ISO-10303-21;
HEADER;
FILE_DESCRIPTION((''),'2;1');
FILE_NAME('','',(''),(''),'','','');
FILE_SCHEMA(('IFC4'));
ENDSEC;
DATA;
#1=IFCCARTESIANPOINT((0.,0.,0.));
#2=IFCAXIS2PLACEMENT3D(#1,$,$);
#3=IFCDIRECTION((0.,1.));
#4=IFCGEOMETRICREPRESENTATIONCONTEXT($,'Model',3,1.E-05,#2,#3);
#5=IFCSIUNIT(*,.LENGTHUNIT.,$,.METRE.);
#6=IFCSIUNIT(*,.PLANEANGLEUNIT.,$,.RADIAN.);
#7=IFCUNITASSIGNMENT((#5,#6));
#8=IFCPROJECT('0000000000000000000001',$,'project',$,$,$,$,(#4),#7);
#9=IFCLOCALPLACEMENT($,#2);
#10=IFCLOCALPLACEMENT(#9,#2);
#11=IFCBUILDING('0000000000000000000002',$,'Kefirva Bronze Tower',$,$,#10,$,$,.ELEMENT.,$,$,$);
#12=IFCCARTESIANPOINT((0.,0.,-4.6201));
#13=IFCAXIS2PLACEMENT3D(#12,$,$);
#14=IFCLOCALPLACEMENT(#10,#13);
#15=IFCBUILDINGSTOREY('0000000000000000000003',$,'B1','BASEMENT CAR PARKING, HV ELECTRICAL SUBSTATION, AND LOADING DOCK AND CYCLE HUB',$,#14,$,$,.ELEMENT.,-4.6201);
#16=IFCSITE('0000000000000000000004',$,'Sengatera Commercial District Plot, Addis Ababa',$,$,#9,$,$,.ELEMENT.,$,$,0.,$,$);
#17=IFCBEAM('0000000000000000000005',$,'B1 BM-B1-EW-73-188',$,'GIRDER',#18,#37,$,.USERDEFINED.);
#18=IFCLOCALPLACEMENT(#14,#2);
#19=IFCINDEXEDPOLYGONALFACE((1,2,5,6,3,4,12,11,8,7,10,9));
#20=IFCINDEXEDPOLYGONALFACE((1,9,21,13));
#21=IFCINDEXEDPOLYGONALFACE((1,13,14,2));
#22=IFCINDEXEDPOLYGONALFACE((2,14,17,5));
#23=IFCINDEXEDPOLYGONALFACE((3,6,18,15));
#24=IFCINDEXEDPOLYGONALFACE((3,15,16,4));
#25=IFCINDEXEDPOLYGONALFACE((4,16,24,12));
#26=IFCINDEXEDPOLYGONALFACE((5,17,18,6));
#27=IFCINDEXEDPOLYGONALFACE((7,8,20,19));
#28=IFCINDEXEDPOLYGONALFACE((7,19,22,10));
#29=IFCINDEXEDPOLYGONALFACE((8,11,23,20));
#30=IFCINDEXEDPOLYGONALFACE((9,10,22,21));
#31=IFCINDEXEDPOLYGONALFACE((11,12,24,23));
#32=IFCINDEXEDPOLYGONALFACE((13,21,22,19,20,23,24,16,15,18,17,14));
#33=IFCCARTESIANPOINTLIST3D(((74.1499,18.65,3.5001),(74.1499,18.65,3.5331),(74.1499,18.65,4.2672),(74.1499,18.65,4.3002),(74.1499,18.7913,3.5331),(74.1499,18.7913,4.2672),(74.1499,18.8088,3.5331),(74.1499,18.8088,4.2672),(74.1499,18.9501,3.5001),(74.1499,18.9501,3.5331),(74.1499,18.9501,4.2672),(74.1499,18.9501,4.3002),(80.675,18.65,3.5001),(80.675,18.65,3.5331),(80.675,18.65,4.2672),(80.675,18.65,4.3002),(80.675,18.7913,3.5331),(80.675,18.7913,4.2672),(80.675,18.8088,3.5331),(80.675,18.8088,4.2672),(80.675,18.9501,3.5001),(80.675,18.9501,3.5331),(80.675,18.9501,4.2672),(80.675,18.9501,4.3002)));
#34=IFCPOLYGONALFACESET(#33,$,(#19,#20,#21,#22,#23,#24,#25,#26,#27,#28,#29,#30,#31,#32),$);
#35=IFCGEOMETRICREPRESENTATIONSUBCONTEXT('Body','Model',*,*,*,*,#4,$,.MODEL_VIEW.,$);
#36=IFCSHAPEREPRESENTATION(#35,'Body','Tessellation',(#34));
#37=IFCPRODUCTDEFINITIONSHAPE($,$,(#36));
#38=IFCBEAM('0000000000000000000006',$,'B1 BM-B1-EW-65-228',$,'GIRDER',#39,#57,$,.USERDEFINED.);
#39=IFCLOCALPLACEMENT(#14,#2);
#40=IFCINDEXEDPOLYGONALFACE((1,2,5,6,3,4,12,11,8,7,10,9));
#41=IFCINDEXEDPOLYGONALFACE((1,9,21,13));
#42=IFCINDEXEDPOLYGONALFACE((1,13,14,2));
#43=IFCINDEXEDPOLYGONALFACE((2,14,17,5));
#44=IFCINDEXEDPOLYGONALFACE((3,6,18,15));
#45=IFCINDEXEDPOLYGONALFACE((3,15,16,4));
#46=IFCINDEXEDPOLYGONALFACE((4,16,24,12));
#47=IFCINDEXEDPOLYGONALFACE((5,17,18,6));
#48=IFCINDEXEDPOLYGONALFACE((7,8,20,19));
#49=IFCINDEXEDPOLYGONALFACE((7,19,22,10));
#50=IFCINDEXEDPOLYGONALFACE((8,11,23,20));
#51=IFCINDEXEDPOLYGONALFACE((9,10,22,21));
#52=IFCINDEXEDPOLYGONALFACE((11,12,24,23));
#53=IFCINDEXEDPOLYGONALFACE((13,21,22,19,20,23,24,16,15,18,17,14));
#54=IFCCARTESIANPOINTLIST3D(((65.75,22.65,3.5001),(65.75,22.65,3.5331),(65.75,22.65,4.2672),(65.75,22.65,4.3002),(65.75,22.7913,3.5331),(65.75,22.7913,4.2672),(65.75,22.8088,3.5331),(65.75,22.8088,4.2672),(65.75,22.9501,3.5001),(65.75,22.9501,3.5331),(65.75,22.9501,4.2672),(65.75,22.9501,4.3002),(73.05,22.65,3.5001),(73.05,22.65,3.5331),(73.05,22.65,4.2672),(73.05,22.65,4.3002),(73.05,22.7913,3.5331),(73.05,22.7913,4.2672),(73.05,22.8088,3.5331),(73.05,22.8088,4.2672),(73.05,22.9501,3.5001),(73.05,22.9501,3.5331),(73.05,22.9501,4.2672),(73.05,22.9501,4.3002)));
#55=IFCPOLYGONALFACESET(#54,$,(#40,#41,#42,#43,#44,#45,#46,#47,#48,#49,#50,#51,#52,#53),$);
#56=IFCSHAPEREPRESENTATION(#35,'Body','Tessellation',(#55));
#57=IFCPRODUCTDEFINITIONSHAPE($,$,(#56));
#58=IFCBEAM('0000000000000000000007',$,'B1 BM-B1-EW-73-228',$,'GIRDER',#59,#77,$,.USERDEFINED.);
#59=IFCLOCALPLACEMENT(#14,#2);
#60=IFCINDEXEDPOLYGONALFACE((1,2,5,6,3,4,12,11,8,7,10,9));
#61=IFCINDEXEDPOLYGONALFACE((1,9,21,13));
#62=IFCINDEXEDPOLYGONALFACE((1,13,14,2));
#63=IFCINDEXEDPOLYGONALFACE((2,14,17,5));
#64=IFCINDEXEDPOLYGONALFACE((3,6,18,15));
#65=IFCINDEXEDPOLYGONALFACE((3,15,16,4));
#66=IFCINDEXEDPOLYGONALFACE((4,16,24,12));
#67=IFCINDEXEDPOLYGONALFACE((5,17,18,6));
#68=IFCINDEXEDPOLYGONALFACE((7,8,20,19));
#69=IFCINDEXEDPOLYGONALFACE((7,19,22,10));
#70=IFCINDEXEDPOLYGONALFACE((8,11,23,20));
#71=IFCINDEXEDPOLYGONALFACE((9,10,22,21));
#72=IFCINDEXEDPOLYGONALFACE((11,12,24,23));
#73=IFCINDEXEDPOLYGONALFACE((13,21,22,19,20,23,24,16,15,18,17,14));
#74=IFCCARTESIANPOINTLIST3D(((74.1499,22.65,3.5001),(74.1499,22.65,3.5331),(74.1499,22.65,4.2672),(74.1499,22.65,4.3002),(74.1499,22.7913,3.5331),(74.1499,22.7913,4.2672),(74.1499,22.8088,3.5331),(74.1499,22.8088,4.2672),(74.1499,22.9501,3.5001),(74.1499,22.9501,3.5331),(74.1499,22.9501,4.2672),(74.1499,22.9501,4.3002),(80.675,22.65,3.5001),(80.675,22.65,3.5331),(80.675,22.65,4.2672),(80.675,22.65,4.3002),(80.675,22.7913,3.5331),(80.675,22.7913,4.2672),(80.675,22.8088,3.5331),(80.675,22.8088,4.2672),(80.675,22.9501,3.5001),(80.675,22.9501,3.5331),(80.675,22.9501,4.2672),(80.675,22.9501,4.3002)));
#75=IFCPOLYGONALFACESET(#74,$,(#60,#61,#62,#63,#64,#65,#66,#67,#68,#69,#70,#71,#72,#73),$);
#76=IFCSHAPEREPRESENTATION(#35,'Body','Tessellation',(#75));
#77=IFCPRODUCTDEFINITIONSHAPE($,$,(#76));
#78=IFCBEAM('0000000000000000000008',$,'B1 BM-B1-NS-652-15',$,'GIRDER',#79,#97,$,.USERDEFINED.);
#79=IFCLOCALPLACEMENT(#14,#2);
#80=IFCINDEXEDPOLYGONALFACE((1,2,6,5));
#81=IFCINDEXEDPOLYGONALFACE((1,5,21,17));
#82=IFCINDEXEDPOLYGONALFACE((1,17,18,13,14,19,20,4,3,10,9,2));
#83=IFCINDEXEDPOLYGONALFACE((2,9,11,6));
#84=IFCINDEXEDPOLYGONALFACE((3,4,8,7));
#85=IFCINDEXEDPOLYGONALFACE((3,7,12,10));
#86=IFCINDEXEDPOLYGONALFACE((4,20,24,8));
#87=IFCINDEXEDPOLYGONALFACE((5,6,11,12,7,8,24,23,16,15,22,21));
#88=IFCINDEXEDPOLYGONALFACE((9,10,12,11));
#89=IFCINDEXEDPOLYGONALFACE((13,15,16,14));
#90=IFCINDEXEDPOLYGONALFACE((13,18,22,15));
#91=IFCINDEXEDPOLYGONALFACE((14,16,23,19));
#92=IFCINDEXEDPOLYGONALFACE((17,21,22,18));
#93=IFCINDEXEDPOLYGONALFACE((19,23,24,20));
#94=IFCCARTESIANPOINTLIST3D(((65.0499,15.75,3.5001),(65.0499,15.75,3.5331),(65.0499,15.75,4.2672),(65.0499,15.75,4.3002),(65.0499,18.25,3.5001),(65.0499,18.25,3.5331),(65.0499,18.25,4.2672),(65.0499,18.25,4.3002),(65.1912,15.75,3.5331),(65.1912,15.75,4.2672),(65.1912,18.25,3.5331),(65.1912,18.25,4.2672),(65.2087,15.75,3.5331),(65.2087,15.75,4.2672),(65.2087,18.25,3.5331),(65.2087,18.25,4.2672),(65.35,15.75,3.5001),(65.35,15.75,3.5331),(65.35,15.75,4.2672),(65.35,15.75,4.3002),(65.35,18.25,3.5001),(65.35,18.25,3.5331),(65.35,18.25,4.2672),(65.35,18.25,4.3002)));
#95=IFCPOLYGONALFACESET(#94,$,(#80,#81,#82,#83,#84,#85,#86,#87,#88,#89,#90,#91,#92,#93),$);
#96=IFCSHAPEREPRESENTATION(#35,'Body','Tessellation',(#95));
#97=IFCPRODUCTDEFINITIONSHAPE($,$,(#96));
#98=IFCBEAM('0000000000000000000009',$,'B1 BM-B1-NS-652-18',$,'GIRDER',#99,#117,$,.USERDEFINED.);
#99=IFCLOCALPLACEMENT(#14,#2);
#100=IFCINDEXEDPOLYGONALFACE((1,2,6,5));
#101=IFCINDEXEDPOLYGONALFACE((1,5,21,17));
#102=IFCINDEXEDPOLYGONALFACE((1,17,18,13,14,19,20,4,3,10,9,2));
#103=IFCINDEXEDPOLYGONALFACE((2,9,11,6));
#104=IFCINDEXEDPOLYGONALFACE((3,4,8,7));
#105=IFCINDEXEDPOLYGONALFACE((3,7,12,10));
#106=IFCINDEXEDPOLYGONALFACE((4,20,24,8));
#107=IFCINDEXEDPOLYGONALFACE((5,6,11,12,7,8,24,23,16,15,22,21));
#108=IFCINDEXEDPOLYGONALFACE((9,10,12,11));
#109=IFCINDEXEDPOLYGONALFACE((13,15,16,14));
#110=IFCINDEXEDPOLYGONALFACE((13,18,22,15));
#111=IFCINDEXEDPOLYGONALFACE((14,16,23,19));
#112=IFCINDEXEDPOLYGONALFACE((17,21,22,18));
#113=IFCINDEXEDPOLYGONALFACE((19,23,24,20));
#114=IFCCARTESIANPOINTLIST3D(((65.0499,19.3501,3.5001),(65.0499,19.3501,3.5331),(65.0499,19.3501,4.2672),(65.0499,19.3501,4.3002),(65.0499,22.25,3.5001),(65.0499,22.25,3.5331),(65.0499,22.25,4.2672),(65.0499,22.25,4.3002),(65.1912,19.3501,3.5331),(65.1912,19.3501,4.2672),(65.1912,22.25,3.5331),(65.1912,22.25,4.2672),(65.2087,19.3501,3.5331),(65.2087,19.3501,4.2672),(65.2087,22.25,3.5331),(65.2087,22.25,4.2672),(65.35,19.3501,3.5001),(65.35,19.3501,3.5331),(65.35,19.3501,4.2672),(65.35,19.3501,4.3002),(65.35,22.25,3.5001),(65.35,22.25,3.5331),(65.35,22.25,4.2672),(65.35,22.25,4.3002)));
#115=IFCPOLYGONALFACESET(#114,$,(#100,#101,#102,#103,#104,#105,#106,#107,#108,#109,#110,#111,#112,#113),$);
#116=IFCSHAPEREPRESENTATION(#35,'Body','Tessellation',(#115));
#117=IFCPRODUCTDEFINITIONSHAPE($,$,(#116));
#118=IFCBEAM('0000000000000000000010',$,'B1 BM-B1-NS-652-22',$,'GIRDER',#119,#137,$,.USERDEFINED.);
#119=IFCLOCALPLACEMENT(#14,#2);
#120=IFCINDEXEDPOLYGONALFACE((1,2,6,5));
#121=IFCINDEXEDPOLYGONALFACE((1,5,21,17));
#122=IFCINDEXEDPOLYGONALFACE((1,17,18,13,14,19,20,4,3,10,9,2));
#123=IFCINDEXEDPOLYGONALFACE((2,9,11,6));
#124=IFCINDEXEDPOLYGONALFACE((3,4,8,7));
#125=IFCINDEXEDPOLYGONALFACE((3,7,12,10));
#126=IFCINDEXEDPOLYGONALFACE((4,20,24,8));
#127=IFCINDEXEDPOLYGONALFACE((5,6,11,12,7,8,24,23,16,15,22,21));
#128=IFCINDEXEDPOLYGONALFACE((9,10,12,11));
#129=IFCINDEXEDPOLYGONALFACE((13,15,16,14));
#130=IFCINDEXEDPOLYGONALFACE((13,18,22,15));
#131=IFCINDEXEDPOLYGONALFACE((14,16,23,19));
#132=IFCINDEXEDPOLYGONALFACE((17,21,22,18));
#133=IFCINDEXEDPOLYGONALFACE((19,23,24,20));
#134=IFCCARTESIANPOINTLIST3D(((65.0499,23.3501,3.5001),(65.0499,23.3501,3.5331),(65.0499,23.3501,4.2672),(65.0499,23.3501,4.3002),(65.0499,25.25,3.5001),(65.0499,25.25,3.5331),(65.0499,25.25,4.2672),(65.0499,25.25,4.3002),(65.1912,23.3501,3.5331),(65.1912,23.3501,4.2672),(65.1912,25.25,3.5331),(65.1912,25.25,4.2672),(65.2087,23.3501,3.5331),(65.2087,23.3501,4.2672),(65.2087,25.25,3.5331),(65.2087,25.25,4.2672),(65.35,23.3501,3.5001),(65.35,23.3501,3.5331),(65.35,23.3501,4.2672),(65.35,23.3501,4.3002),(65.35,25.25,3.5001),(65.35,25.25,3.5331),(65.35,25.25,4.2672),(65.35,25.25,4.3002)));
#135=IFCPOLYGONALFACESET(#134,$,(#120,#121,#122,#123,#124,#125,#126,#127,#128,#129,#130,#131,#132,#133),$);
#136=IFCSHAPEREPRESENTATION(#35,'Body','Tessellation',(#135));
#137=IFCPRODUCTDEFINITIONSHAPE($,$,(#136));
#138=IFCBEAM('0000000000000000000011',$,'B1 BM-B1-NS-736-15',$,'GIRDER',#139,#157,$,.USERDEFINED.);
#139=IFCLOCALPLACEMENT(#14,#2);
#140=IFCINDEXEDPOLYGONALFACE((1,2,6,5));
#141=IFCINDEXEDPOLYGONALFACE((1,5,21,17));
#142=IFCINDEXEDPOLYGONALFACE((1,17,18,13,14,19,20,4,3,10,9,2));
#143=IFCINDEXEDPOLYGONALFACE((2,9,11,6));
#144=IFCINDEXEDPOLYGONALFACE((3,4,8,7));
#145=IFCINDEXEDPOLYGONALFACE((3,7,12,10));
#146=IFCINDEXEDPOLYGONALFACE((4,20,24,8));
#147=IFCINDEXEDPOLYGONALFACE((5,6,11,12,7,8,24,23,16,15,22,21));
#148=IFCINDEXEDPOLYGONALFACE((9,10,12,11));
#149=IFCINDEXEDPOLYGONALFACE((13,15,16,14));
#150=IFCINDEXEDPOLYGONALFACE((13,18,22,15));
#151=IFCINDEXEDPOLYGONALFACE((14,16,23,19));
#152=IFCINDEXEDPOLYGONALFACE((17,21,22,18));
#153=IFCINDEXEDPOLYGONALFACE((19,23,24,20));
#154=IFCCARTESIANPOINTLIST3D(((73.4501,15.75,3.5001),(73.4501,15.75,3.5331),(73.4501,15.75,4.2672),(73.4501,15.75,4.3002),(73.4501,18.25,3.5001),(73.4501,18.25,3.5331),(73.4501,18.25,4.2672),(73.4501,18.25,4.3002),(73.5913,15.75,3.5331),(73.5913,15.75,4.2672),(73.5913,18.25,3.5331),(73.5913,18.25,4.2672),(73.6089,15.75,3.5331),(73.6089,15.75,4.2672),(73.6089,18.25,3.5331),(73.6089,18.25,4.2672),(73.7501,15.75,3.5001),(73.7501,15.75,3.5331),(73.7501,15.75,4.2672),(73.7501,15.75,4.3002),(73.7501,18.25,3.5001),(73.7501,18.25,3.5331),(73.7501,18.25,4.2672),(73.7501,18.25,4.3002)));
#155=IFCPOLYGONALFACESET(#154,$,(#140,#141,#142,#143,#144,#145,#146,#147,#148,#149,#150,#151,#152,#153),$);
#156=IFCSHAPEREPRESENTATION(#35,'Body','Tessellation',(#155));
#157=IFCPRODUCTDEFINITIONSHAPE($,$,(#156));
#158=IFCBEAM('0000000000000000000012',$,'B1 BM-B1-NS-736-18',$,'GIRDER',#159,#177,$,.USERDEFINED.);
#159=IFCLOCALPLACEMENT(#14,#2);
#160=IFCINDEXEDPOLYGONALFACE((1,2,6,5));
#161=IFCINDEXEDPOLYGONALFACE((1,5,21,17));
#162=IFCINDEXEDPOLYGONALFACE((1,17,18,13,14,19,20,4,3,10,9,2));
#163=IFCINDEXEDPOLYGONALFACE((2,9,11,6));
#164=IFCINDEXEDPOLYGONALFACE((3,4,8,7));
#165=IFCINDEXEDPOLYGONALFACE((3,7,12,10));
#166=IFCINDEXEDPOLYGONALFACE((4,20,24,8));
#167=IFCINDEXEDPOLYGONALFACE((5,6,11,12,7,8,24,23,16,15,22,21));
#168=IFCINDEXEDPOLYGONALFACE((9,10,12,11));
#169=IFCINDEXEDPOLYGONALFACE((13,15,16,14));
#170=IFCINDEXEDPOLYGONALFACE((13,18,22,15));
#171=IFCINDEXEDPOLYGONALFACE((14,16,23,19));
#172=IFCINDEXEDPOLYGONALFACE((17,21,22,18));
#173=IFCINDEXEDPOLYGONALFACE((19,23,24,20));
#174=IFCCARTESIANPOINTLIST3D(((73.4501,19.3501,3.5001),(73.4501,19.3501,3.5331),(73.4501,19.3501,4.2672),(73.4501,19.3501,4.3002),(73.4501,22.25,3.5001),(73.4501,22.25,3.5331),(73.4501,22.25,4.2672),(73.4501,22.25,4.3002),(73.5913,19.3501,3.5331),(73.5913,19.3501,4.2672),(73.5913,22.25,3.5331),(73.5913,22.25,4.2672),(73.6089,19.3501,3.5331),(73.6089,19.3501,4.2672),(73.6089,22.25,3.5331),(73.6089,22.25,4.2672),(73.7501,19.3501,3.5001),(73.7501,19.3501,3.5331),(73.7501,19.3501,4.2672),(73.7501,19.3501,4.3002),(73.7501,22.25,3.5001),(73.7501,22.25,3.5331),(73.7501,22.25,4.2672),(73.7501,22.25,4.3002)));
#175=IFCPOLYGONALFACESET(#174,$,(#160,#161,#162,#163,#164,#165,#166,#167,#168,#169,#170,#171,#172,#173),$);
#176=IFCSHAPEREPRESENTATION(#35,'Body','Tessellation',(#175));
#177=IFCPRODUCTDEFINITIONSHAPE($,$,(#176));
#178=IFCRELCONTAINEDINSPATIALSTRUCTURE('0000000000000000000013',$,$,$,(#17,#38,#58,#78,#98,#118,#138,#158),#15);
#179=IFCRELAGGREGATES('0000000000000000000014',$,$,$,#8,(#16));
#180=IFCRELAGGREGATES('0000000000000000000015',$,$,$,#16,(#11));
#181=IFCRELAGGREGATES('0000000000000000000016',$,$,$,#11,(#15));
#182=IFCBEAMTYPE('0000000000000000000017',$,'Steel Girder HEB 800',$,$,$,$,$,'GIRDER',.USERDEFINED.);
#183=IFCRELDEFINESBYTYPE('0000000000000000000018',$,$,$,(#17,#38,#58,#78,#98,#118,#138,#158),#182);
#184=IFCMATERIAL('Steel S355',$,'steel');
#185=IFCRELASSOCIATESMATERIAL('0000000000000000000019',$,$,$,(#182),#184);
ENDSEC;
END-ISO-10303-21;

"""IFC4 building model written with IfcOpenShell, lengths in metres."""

from ifc_helpers import new_model, si_unit, direction, frame, origin, origin_2d, place, context, subcontext, project, spatial, i_section, extrude, material, material_profile, profile_set, type_object, element, save


model = new_model("IFC4")

# Units and contexts
model_context = context("Model", 3, precision=1e-05, world=origin(), true_north=direction((0.0, 1.0)))
body_context = subcontext(model_context, "Body", "Model", "MODEL_VIEW")
ifc_project = project(units=[si_unit("LENGTHUNIT", "METRE"), si_unit("PLANEANGLEUNIT", "RADIAN")], contexts=[model_context])

# Site, building, storey
site_placement = place(None, origin())
site = spatial("IfcSite", under=ifc_project, at=site_placement, Name="Sengatera Commercial District Plot, Addis Ababa", CompositionType="ELEMENT", RefElevation=0.0)
building_placement = place(site_placement, origin())
building = spatial("IfcBuilding", under=site, at=building_placement, Name="Kefirva Bronze Tower", CompositionType="ELEMENT")
storey_placement = place(building_placement, frame((0.0, 0.0, -4.6201)))
storey = spatial("IfcBuildingStorey", under=building, at=storey_placement, Name="B1", Description="BASEMENT CAR PARKING, HV ELECTRICAL SUBSTATION, AND LOADING DOCK AND CYCLE HUB", CompositionType="ELEMENT", Elevation=-4.6201)

# Beams
ifc_material_1 = material(Name="Steel S355", Category="steel")
ifc_material_profile_1 = material_profile(ifc_material_1, i_section(OverallWidth=0.3, OverallDepth=0.8, WebThickness=0.0176, FlangeThickness=0.033, at=origin_2d()), Name="HEB 800")
ifc_profile_set_1 = profile_set([ifc_material_profile_1], Name="Steel S355")
beam_type_1 = type_object("IfcBeamType", Name="Steel Girder HEB 800", ElementType="GIRDER", PredefinedType="USERDEFINED", material=ifc_profile_set_1)
beam_1_placement = place(storey_placement, frame((74.1499, 18.8, 3.9001), z_axis=(1.0, 0.0, 0.0), x_axis=(0.0, 1.0, 0.0)))
element("IfcBeam", 1, at=beam_1_placement, inside=storey, type_object=beam_type_1, Name="B1 BM-B1-EW-73-188", ObjectType="GIRDER", PredefinedType="USERDEFINED", context=body_context, shape_type="SweptSolid", body=[
    extrude(i_section(OverallWidth=0.3, OverallDepth=0.8, WebThickness=0.0176, FlangeThickness=0.033, at=origin_2d()), origin(), (0.0, 0.0, 1.0), 6.5251),
])
beam_2_placement = place(storey_placement, frame((65.75, 22.8, 3.9001), z_axis=(1.0, 0.0, 0.0), x_axis=(0.0, 1.0, 0.0)))
element("IfcBeam", 2, at=beam_2_placement, inside=storey, type_object=beam_type_1, Name="B1 BM-B1-EW-65-228", ObjectType="GIRDER", PredefinedType="USERDEFINED", context=body_context, shape_type="SweptSolid", body=[
    extrude(i_section(OverallWidth=0.3, OverallDepth=0.8, WebThickness=0.0176, FlangeThickness=0.033, at=origin_2d()), origin(), (0.0, 0.0, 1.0), 7.3),
])
beam_3_placement = place(storey_placement, frame((74.1499, 22.8, 3.9001), z_axis=(1.0, 0.0, 0.0), x_axis=(0.0, 1.0, 0.0)))
element("IfcBeam", 3, at=beam_3_placement, inside=storey, type_object=beam_type_1, Name="B1 BM-B1-EW-73-228", ObjectType="GIRDER", PredefinedType="USERDEFINED", context=body_context, shape_type="SweptSolid", body=[
    extrude(i_section(OverallWidth=0.3, OverallDepth=0.8, WebThickness=0.0176, FlangeThickness=0.033, at=origin_2d()), origin(), (0.0, 0.0, 1.0), 6.5251),
])
beam_4_placement = place(storey_placement, frame((65.2, 15.75, 3.9001), z_axis=(0.0, 1.0, 0.0), x_axis=(-1.0, 0.0, 0.0)))
element("IfcBeam", 4, at=beam_4_placement, inside=storey, type_object=beam_type_1, Name="B1 BM-B1-NS-652-15", ObjectType="GIRDER", PredefinedType="USERDEFINED", context=body_context, shape_type="SweptSolid", body=[
    extrude(i_section(OverallWidth=0.3, OverallDepth=0.8, WebThickness=0.0176, FlangeThickness=0.033, at=origin_2d()), origin(), (0.0, 0.0, 1.0), 2.5),
])
beam_5_placement = place(storey_placement, frame((65.2, 19.3501, 3.9001), z_axis=(0.0, 1.0, 0.0), x_axis=(-1.0, 0.0, 0.0)))
element("IfcBeam", 5, at=beam_5_placement, inside=storey, type_object=beam_type_1, Name="B1 BM-B1-NS-652-18", ObjectType="GIRDER", PredefinedType="USERDEFINED", context=body_context, shape_type="SweptSolid", body=[
    extrude(i_section(OverallWidth=0.3, OverallDepth=0.8, WebThickness=0.0176, FlangeThickness=0.033, at=origin_2d()), origin(), (0.0, 0.0, 1.0), 2.8999),
])
beam_6_placement = place(storey_placement, frame((65.2, 23.3501, 3.9001), z_axis=(0.0, 1.0, 0.0), x_axis=(-1.0, 0.0, 0.0)))
element("IfcBeam", 6, at=beam_6_placement, inside=storey, type_object=beam_type_1, Name="B1 BM-B1-NS-652-22", ObjectType="GIRDER", PredefinedType="USERDEFINED", context=body_context, shape_type="SweptSolid", body=[
    extrude(i_section(OverallWidth=0.3, OverallDepth=0.8, WebThickness=0.0176, FlangeThickness=0.033, at=origin_2d()), origin(), (0.0, 0.0, 1.0), 1.8999),
])
beam_7_placement = place(storey_placement, frame((73.6001, 15.75, 3.9001), z_axis=(0.0, 1.0, 0.0), x_axis=(-1.0, 0.0, 0.0)))
element("IfcBeam", 7, at=beam_7_placement, inside=storey, type_object=beam_type_1, Name="B1 BM-B1-NS-736-15", ObjectType="GIRDER", PredefinedType="USERDEFINED", context=body_context, shape_type="SweptSolid", body=[
    extrude(i_section(OverallWidth=0.3, OverallDepth=0.8, WebThickness=0.0176, FlangeThickness=0.033, at=origin_2d()), origin(), (0.0, 0.0, 1.0), 2.5),
])
beam_8_placement = place(storey_placement, frame((73.6001, 19.3501, 3.9001), z_axis=(0.0, 1.0, 0.0), x_axis=(-1.0, 0.0, 0.0)))
element("IfcBeam", 8, at=beam_8_placement, inside=storey, type_object=beam_type_1, Name="B1 BM-B1-NS-736-18", ObjectType="GIRDER", PredefinedType="USERDEFINED", context=body_context, shape_type="SweptSolid", body=[
    extrude(i_section(OverallWidth=0.3, OverallDepth=0.8, WebThickness=0.0176, FlangeThickness=0.033, at=origin_2d()), origin(), (0.0, 0.0, 1.0), 2.8999),
])

save(model, "model.ifc")
